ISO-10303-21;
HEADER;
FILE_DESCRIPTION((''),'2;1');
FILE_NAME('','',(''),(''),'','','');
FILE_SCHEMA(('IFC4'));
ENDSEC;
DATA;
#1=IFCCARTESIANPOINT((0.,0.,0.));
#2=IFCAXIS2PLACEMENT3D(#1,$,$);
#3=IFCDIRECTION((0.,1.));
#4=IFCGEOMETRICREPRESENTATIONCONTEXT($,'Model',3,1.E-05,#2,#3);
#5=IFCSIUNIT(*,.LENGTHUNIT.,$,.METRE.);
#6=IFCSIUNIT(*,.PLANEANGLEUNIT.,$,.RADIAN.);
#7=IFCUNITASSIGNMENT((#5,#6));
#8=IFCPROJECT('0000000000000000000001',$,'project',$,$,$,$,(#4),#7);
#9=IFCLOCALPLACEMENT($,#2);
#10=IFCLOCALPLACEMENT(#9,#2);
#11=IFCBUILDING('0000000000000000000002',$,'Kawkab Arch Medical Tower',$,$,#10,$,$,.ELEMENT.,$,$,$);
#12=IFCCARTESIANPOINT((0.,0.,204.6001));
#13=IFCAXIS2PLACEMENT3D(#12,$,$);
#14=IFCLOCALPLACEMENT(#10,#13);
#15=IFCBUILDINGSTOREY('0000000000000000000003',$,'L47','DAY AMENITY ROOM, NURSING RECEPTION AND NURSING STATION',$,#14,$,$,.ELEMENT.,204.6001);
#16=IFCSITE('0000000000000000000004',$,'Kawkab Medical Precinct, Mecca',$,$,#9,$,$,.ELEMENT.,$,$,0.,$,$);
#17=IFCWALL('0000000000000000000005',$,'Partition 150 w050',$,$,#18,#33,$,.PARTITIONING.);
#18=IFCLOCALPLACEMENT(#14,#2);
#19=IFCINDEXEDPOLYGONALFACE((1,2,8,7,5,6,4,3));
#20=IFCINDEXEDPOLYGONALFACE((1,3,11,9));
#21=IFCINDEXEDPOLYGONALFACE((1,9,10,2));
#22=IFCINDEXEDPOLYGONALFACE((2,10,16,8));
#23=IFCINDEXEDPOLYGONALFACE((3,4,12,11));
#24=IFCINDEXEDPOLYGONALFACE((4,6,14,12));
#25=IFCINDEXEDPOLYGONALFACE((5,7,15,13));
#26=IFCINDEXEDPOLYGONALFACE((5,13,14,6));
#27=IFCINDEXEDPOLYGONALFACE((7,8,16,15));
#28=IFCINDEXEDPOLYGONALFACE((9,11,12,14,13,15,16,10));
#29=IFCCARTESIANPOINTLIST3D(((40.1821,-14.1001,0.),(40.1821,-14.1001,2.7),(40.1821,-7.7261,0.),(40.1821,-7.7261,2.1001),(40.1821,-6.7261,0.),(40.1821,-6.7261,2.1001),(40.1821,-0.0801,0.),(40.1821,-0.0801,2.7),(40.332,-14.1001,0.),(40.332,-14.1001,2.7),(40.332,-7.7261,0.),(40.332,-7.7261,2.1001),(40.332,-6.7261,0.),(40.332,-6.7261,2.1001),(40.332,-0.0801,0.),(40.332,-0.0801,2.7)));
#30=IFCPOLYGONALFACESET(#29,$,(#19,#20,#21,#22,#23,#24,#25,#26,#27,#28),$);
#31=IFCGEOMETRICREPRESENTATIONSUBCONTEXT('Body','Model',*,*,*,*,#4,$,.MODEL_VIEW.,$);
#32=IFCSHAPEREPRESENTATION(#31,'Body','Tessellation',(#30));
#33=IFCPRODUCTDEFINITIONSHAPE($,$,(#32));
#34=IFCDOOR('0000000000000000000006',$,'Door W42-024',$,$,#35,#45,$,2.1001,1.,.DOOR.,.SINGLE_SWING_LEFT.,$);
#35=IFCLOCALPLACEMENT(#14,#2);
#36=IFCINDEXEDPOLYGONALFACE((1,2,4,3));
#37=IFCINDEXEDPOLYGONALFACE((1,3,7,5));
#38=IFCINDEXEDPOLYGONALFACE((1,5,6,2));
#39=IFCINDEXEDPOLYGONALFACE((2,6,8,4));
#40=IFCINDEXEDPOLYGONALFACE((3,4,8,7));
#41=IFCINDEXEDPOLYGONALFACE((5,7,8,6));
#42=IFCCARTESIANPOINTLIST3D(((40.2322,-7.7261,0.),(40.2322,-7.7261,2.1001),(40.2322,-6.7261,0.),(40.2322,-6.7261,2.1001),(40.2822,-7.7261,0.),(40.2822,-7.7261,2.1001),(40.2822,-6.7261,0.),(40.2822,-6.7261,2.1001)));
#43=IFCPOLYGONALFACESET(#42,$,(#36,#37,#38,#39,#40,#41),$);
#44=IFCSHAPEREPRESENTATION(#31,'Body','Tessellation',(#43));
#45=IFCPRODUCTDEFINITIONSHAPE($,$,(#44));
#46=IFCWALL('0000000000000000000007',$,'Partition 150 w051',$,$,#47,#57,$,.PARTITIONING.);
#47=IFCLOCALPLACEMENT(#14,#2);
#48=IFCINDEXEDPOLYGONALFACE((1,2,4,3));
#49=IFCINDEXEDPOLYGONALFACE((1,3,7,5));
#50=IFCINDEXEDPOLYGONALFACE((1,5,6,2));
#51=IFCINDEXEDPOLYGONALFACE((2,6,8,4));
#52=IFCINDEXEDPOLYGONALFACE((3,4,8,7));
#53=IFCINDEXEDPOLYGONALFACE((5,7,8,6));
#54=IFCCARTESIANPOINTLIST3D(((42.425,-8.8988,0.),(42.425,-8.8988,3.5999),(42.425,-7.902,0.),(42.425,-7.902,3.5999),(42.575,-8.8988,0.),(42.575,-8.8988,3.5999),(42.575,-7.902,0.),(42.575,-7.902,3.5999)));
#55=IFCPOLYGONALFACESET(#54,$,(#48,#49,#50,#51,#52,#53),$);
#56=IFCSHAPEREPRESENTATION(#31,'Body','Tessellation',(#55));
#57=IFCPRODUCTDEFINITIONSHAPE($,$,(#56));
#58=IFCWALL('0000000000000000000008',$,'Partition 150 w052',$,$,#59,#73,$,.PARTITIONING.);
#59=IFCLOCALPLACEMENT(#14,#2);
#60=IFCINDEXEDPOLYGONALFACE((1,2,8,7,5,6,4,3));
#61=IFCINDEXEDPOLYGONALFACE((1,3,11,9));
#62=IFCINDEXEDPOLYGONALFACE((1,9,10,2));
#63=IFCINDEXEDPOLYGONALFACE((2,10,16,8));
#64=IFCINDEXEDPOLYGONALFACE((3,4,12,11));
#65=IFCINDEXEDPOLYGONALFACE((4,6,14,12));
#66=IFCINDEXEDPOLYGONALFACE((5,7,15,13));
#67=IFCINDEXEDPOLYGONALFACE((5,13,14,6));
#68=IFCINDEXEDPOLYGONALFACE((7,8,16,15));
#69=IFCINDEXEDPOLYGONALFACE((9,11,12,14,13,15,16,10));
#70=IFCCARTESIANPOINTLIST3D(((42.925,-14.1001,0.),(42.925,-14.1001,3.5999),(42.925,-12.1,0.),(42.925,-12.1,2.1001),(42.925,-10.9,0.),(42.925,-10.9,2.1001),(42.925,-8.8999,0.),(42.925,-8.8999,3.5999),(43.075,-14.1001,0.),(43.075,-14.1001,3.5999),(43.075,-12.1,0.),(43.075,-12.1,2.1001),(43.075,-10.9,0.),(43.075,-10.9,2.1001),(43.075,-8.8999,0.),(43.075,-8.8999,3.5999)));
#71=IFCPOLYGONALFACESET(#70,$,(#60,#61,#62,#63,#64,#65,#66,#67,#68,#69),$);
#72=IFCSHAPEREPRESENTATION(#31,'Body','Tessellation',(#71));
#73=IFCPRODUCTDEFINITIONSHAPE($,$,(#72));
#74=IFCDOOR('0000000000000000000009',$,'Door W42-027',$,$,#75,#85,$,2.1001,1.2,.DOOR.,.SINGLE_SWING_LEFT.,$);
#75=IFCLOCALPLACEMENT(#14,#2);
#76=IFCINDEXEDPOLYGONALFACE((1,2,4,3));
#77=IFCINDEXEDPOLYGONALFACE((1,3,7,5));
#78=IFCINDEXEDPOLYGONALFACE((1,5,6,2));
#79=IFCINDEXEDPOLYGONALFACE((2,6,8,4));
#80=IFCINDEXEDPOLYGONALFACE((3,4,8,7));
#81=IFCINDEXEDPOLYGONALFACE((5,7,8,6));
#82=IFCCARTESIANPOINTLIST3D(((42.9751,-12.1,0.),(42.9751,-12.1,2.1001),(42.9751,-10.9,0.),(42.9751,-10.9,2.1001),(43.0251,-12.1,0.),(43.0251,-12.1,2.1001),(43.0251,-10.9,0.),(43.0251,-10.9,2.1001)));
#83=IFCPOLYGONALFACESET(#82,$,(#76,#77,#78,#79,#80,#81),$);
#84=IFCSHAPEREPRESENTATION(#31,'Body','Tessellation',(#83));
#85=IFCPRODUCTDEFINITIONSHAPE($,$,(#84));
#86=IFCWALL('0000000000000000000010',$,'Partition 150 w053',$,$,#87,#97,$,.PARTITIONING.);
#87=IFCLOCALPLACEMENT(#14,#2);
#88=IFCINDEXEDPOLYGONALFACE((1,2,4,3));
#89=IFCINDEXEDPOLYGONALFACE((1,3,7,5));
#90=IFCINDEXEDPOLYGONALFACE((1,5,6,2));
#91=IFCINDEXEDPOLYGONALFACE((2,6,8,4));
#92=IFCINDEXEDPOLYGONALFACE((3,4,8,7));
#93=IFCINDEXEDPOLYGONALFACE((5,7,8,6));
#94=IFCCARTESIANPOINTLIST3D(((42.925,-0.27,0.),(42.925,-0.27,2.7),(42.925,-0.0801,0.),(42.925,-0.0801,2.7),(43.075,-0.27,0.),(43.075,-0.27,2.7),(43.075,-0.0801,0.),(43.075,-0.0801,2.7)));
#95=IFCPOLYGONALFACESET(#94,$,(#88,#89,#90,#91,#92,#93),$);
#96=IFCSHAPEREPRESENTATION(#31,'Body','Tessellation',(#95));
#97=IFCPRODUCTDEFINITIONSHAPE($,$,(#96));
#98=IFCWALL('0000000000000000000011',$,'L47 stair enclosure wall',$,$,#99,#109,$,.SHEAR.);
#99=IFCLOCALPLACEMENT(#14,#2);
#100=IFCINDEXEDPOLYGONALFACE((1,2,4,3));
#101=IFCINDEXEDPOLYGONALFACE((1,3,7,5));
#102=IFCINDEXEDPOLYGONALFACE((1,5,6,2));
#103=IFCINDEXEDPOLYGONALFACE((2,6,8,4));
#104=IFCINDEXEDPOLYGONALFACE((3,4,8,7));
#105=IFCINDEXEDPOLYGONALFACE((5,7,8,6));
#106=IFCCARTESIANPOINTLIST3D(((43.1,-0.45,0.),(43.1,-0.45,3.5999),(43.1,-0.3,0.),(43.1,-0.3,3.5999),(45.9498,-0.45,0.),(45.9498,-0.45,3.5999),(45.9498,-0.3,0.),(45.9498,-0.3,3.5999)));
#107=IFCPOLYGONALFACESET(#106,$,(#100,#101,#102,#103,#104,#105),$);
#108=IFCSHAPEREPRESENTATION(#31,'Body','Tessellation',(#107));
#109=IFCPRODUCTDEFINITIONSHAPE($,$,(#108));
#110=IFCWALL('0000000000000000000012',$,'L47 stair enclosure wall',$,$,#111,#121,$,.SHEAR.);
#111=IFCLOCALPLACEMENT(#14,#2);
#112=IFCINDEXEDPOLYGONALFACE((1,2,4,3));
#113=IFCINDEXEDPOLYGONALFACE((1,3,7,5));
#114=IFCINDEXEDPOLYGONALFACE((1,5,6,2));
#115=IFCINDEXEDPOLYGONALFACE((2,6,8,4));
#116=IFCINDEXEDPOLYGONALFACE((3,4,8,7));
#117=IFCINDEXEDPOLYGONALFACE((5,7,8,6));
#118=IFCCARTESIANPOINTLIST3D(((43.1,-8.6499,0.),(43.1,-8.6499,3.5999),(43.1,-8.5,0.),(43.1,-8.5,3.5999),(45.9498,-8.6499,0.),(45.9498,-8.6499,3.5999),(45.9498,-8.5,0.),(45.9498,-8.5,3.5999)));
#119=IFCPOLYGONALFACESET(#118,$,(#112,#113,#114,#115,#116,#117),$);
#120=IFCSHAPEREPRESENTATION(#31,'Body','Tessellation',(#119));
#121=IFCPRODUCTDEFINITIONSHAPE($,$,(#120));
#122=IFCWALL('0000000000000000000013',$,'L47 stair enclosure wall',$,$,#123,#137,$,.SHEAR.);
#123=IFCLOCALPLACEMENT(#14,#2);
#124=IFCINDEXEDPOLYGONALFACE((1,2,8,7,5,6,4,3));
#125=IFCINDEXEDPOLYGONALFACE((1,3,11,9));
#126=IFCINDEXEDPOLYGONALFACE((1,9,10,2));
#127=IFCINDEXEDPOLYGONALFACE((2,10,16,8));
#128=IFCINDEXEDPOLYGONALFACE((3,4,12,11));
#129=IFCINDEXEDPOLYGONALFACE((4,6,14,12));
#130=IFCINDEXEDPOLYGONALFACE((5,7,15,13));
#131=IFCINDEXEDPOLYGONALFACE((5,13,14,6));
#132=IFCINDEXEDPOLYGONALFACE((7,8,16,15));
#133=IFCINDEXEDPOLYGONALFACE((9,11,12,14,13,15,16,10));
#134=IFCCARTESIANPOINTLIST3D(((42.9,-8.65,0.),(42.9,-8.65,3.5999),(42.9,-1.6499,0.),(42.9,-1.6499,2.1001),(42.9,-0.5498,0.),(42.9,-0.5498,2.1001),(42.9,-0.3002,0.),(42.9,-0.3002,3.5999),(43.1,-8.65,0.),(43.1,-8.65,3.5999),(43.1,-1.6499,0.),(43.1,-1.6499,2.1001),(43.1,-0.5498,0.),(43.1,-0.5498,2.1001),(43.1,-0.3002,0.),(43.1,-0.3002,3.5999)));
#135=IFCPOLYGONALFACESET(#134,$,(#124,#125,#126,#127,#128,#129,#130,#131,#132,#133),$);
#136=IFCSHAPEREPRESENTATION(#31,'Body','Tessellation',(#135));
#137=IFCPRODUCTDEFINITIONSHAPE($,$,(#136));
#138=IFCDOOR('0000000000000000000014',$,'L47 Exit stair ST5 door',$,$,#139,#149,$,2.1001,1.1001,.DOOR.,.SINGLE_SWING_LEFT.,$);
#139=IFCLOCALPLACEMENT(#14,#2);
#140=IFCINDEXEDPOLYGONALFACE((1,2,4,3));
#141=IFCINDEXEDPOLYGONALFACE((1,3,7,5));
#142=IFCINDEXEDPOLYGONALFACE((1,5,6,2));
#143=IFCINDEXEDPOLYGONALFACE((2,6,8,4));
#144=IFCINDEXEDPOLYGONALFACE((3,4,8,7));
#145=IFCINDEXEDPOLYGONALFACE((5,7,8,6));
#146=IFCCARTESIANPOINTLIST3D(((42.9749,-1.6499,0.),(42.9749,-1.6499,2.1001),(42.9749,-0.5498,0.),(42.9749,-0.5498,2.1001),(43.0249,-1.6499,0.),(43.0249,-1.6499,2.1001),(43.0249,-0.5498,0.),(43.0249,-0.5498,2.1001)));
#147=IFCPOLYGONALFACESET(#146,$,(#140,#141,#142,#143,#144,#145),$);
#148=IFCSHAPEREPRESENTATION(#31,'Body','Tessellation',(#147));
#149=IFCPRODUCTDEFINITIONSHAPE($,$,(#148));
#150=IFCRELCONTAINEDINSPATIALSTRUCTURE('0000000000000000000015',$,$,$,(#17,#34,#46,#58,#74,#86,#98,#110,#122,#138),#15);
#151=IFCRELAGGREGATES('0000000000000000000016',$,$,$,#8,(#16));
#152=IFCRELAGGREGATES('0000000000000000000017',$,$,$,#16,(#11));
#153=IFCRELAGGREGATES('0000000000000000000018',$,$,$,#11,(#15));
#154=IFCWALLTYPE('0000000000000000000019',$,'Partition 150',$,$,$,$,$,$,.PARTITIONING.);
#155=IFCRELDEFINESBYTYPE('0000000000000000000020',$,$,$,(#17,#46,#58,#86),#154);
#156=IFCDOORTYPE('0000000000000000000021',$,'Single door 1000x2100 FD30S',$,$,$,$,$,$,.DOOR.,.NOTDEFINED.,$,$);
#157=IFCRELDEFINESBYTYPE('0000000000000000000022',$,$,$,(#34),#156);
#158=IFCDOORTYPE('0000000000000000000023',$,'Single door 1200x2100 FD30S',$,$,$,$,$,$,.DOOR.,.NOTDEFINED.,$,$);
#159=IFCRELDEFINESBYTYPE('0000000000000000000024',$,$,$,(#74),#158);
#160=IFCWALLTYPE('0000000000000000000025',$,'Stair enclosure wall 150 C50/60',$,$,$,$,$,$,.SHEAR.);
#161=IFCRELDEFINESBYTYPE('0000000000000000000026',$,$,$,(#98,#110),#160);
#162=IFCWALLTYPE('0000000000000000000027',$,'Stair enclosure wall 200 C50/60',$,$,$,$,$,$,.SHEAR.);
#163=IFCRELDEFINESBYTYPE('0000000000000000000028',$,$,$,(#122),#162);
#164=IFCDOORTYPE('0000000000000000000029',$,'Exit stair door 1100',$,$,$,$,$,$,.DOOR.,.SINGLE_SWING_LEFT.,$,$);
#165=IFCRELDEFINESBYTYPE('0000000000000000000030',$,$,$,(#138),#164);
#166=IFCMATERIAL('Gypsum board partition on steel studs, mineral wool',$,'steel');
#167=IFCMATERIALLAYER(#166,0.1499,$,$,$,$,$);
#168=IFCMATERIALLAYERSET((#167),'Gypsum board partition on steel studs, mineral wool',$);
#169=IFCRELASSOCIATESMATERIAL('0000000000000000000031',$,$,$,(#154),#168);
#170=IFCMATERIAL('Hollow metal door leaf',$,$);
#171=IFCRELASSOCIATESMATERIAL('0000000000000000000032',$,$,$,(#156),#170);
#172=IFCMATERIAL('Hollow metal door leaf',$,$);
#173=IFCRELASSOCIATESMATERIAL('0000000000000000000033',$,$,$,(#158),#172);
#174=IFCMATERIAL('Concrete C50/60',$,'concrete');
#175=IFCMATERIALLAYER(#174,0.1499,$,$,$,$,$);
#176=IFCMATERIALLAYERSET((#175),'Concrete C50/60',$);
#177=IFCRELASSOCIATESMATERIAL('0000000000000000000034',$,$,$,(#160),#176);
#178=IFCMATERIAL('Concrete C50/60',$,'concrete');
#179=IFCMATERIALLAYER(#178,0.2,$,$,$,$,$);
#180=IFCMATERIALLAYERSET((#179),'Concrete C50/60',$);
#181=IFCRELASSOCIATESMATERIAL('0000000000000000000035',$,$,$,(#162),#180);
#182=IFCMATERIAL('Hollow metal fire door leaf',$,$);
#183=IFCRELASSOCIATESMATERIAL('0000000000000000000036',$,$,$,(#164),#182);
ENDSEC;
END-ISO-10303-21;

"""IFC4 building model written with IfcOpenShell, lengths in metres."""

from ifc_helpers import new_model, si_unit, direction, frame, frame_2d, origin, place, context, subcontext, project, spatial, rectangle, extrude, material, layer, layer_set, type_object, element, fill, save


model = new_model("IFC4")

# Units and contexts
model_context = context("Model", 3, precision=1e-05, world=origin(), true_north=direction((0.0, 1.0)))
body_context = subcontext(model_context, "Body", "Model", "MODEL_VIEW")
ifc_project = project(units=[si_unit("LENGTHUNIT", "METRE"), si_unit("PLANEANGLEUNIT", "RADIAN")], contexts=[model_context])

# Site, building, storey
site_placement = place(None, origin())
site = spatial("IfcSite", under=ifc_project, at=site_placement, Name="Kawkab Medical Precinct, Mecca", CompositionType="ELEMENT", RefElevation=0.0)
building_placement = place(site_placement, origin())
building = spatial("IfcBuilding", under=site, at=building_placement, Name="Kawkab Arch Medical Tower", CompositionType="ELEMENT")
storey_placement = place(building_placement, frame((0.0, 0.0, 204.6001)))
storey = spatial("IfcBuildingStorey", under=building, at=storey_placement, Name="L47", Description="DAY AMENITY ROOM, NURSING RECEPTION AND NURSING STATION", CompositionType="ELEMENT", Elevation=204.6001)

# Shared definitions
ifc_material_1 = material(Name="Gypsum board partition on steel studs, mineral wool", Category="steel")
ifc_layer_1 = layer(ifc_material_1, 0.1499)
ifc_layer_set_1 = layer_set([ifc_layer_1], Name="Gypsum board partition on steel studs, mineral wool")
wall_type_1 = type_object("IfcWallType", Name="Partition 150", PredefinedType="PARTITIONING", material=ifc_layer_set_1)

# Wall, opening, door
wall_1_placement = place(storey_placement, frame((40.2571, -14.1001, 0.0), z_axis=(0.0, 0.0, 1.0), x_axis=(0.0, 1.0, 0.0)))
wall_1 = element("IfcWall", 1, at=wall_1_placement, inside=storey, type_object=wall_type_1, Name="Partition 150 w050", PredefinedType="PARTITIONING", context=body_context, shape_type="SweptSolid", body=[
    extrude(rectangle(XDim=14.02, YDim=0.1499, at=frame_2d((7.01, 0.0))), origin(), (0.0, 0.0, 1.0), 2.7),
])
opening_1_placement = place(wall_1_placement, frame((6.374, 0.0, 0.0)))
opening_1 = element("IfcOpeningElement", 2, at=opening_1_placement, cuts=wall_1, PredefinedType="OPENING", context=body_context, shape_type="SweptSolid", body=[
    extrude(rectangle(XDim=1.0, YDim=2.1001, at=frame_2d((0.5, 1.05))), frame((0.0, 0.085, 0.0), z_axis=(0.0, -1.0, 0.0), x_axis=(1.0, 0.0, 0.0)), (0.0, 0.0, 1.0), 0.1699),
])
ifc_material_2 = material(Name="Hollow metal door leaf")
door_type_1 = type_object("IfcDoorType", Name="Single door 1000x2100 FD30S", OperationType="NOTDEFINED", PredefinedType="DOOR", material=ifc_material_2)
door_1_placement = place(opening_1_placement, origin())
door_1 = element("IfcDoor", 3, at=door_1_placement, inside=storey, type_object=door_type_1, Name="Door W42-024", OperationType="SINGLE_SWING_LEFT", OverallHeight=2.1001, OverallWidth=1.0, PredefinedType="DOOR", context=body_context, shape_type="SweptSolid", body=[
    extrude(rectangle(XDim=1.0, YDim=2.1001, at=frame_2d((0.5, 1.05))), frame((0.0, 0.0249, 0.0), z_axis=(0.0, -1.0, 0.0), x_axis=(1.0, 0.0, 0.0)), (0.0, 0.0, 1.0), 0.05),
])
fill(opening_1, door_1)

# Wall
wall_2_placement = place(storey_placement, frame((42.5, -8.8989, 0.0), z_axis=(0.0, 0.0, 1.0), x_axis=(0.0, 1.0, 0.0)))
element("IfcWall", 4, at=wall_2_placement, inside=storey, type_object=wall_type_1, Name="Partition 150 w051", PredefinedType="PARTITIONING", context=body_context, shape_type="SweptSolid", body=[
    extrude(rectangle(XDim=0.9968, YDim=0.1499, at=frame_2d((0.4985, 0.0))), origin(), (0.0, 0.0, 1.0), 3.5999),
])

# Wall, opening, door
wall_3_placement = place(storey_placement, frame((43.0, -14.1001, 0.0), z_axis=(0.0, 0.0, 1.0), x_axis=(0.0, 1.0, 0.0)))
wall_3 = element("IfcWall", 5, at=wall_3_placement, inside=storey, type_object=wall_type_1, Name="Partition 150 w052", PredefinedType="PARTITIONING", context=body_context, shape_type="SweptSolid", body=[
    extrude(rectangle(XDim=5.2002, YDim=0.1499, at=frame_2d((2.6001, 0.0))), origin(), (0.0, 0.0, 1.0), 3.5999),
])
opening_2_placement = place(wall_3_placement, frame((2.0, 0.0, 0.0)))
opening_2 = element("IfcOpeningElement", 6, at=opening_2_placement, cuts=wall_3, PredefinedType="OPENING", context=body_context, shape_type="SweptSolid", body=[
    extrude(rectangle(XDim=1.2, YDim=2.1001, at=frame_2d((0.6001, 1.05))), frame((0.0, 0.085, 0.0), z_axis=(0.0, -1.0, 0.0), x_axis=(1.0, 0.0, 0.0)), (0.0, 0.0, 1.0), 0.1699),
])
ifc_material_3 = material(Name="Hollow metal door leaf")
door_type_2 = type_object("IfcDoorType", Name="Single door 1200x2100 FD30S", OperationType="NOTDEFINED", PredefinedType="DOOR", material=ifc_material_3)
door_2_placement = place(opening_2_placement, origin())
door_2 = element("IfcDoor", 7, at=door_2_placement, inside=storey, type_object=door_type_2, Name="Door W42-027", OperationType="SINGLE_SWING_LEFT", OverallHeight=2.1001, OverallWidth=1.2, PredefinedType="DOOR", context=body_context, shape_type="SweptSolid", body=[
    extrude(rectangle(XDim=1.2, YDim=2.1001, at=frame_2d((0.6001, 1.05))), frame((0.0, 0.0249, 0.0), z_axis=(0.0, -1.0, 0.0), x_axis=(1.0, 0.0, 0.0)), (0.0, 0.0, 1.0), 0.05),
])
fill(opening_2, door_2)

# Walls
wall_4_placement = place(storey_placement, frame((43.0, -0.27, 0.0), z_axis=(0.0, 0.0, 1.0), x_axis=(0.0, 1.0, 0.0)))
element("IfcWall", 8, at=wall_4_placement, inside=storey, type_object=wall_type_1, Name="Partition 150 w053", PredefinedType="PARTITIONING", context=body_context, shape_type="SweptSolid", body=[
    extrude(rectangle(XDim=0.1899, YDim=0.1499, at=frame_2d((0.095, 0.0))), origin(), (0.0, 0.0, 1.0), 2.7),
])
ifc_material_4 = material(Name="Concrete C50/60", Category="concrete")
ifc_layer_2 = layer(ifc_material_4, 0.1499)
ifc_layer_set_2 = layer_set([ifc_layer_2], Name="Concrete C50/60")
wall_type_2 = type_object("IfcWallType", Name="Stair enclosure wall 150 C50/60", PredefinedType="SHEAR", material=ifc_layer_set_2)
for number, where, z_axis, x_axis, name in (
    (9, (43.1001, -0.375, 0.0), (0.0, 0.0, 1.0), (1.0, 0.0, 0.0), "L47 stair enclosure wall"),
    (10, (43.1001, -8.575, 0.0), (0.0, 0.0, 1.0), (1.0, 0.0, 0.0), "L47 stair enclosure wall"),
):
    element("IfcWall", number, at=place(storey_placement, frame(where, z_axis=z_axis, x_axis=x_axis)), inside=storey, type_object=wall_type_2, Name=name, PredefinedType="SHEAR", context=body_context, shape_type="SweptSolid", body=[
        extrude(rectangle(XDim=2.8499, YDim=0.1499, at=frame_2d((1.4248, 0.0))), origin(), (0.0, 0.0, 1.0), 3.5999),
    ])

# Wall, opening, door
ifc_material_5 = material(Name="Concrete C50/60", Category="concrete")
ifc_layer_3 = layer(ifc_material_5, 0.2)
ifc_layer_set_3 = layer_set([ifc_layer_3], Name="Concrete C50/60")
wall_type_3 = type_object("IfcWallType", Name="Stair enclosure wall 200 C50/60", PredefinedType="SHEAR", material=ifc_layer_set_3)
wall_5_placement = place(storey_placement, frame((43.0, -8.6499, 0.0), z_axis=(0.0, 0.0, 1.0), x_axis=(0.0, 1.0, 0.0)))
wall_5 = element("IfcWall", 11, at=wall_5_placement, inside=storey, type_object=wall_type_3, Name="L47 stair enclosure wall", PredefinedType="SHEAR", context=body_context, shape_type="SweptSolid", body=[
    extrude(rectangle(XDim=8.3499, YDim=0.2, at=frame_2d((4.1748, 0.0))), origin(), (0.0, 0.0, 1.0), 3.5999),
])
opening_3_placement = place(wall_5_placement, frame((7.0, 0.0, 0.0)))
opening_3 = element("IfcOpeningElement", 12, at=opening_3_placement, cuts=wall_5, PredefinedType="OPENING", context=body_context, shape_type="SweptSolid", body=[
    extrude(rectangle(XDim=1.1001, YDim=2.1001, at=frame_2d((0.55, 1.05))), frame((0.0, 0.1099, 0.0), z_axis=(0.0, -1.0, 0.0), x_axis=(1.0, 0.0, 0.0)), (0.0, 0.0, 1.0), 0.22),
])
ifc_material_6 = material(Name="Hollow metal fire door leaf")
door_type_3 = type_object("IfcDoorType", Name="Exit stair door 1100", OperationType="SINGLE_SWING_LEFT", PredefinedType="DOOR", material=ifc_material_6)
door_3_placement = place(opening_3_placement, frame((1.1001, 0.0, 0.0), z_axis=(0.0, 0.0, 1.0), x_axis=(-1.0, 0.0, 0.0)))
door_3 = element("IfcDoor", 13, at=door_3_placement, inside=storey, type_object=door_type_3, Name="L47 Exit stair ST5 door", OperationType="SINGLE_SWING_LEFT", OverallHeight=2.1001, OverallWidth=1.1001, PredefinedType="DOOR", context=body_context, shape_type="SweptSolid", body=[
    extrude(rectangle(XDim=1.1001, YDim=2.1001, at=frame_2d((0.55, 1.05))), frame((0.0, 0.0249, 0.0), z_axis=(0.0, -1.0, 0.0), x_axis=(1.0, 0.0, 0.0)), (0.0, 0.0, 1.0), 0.05),
])
fill(opening_3, door_3)

save(model, "model.ifc")
